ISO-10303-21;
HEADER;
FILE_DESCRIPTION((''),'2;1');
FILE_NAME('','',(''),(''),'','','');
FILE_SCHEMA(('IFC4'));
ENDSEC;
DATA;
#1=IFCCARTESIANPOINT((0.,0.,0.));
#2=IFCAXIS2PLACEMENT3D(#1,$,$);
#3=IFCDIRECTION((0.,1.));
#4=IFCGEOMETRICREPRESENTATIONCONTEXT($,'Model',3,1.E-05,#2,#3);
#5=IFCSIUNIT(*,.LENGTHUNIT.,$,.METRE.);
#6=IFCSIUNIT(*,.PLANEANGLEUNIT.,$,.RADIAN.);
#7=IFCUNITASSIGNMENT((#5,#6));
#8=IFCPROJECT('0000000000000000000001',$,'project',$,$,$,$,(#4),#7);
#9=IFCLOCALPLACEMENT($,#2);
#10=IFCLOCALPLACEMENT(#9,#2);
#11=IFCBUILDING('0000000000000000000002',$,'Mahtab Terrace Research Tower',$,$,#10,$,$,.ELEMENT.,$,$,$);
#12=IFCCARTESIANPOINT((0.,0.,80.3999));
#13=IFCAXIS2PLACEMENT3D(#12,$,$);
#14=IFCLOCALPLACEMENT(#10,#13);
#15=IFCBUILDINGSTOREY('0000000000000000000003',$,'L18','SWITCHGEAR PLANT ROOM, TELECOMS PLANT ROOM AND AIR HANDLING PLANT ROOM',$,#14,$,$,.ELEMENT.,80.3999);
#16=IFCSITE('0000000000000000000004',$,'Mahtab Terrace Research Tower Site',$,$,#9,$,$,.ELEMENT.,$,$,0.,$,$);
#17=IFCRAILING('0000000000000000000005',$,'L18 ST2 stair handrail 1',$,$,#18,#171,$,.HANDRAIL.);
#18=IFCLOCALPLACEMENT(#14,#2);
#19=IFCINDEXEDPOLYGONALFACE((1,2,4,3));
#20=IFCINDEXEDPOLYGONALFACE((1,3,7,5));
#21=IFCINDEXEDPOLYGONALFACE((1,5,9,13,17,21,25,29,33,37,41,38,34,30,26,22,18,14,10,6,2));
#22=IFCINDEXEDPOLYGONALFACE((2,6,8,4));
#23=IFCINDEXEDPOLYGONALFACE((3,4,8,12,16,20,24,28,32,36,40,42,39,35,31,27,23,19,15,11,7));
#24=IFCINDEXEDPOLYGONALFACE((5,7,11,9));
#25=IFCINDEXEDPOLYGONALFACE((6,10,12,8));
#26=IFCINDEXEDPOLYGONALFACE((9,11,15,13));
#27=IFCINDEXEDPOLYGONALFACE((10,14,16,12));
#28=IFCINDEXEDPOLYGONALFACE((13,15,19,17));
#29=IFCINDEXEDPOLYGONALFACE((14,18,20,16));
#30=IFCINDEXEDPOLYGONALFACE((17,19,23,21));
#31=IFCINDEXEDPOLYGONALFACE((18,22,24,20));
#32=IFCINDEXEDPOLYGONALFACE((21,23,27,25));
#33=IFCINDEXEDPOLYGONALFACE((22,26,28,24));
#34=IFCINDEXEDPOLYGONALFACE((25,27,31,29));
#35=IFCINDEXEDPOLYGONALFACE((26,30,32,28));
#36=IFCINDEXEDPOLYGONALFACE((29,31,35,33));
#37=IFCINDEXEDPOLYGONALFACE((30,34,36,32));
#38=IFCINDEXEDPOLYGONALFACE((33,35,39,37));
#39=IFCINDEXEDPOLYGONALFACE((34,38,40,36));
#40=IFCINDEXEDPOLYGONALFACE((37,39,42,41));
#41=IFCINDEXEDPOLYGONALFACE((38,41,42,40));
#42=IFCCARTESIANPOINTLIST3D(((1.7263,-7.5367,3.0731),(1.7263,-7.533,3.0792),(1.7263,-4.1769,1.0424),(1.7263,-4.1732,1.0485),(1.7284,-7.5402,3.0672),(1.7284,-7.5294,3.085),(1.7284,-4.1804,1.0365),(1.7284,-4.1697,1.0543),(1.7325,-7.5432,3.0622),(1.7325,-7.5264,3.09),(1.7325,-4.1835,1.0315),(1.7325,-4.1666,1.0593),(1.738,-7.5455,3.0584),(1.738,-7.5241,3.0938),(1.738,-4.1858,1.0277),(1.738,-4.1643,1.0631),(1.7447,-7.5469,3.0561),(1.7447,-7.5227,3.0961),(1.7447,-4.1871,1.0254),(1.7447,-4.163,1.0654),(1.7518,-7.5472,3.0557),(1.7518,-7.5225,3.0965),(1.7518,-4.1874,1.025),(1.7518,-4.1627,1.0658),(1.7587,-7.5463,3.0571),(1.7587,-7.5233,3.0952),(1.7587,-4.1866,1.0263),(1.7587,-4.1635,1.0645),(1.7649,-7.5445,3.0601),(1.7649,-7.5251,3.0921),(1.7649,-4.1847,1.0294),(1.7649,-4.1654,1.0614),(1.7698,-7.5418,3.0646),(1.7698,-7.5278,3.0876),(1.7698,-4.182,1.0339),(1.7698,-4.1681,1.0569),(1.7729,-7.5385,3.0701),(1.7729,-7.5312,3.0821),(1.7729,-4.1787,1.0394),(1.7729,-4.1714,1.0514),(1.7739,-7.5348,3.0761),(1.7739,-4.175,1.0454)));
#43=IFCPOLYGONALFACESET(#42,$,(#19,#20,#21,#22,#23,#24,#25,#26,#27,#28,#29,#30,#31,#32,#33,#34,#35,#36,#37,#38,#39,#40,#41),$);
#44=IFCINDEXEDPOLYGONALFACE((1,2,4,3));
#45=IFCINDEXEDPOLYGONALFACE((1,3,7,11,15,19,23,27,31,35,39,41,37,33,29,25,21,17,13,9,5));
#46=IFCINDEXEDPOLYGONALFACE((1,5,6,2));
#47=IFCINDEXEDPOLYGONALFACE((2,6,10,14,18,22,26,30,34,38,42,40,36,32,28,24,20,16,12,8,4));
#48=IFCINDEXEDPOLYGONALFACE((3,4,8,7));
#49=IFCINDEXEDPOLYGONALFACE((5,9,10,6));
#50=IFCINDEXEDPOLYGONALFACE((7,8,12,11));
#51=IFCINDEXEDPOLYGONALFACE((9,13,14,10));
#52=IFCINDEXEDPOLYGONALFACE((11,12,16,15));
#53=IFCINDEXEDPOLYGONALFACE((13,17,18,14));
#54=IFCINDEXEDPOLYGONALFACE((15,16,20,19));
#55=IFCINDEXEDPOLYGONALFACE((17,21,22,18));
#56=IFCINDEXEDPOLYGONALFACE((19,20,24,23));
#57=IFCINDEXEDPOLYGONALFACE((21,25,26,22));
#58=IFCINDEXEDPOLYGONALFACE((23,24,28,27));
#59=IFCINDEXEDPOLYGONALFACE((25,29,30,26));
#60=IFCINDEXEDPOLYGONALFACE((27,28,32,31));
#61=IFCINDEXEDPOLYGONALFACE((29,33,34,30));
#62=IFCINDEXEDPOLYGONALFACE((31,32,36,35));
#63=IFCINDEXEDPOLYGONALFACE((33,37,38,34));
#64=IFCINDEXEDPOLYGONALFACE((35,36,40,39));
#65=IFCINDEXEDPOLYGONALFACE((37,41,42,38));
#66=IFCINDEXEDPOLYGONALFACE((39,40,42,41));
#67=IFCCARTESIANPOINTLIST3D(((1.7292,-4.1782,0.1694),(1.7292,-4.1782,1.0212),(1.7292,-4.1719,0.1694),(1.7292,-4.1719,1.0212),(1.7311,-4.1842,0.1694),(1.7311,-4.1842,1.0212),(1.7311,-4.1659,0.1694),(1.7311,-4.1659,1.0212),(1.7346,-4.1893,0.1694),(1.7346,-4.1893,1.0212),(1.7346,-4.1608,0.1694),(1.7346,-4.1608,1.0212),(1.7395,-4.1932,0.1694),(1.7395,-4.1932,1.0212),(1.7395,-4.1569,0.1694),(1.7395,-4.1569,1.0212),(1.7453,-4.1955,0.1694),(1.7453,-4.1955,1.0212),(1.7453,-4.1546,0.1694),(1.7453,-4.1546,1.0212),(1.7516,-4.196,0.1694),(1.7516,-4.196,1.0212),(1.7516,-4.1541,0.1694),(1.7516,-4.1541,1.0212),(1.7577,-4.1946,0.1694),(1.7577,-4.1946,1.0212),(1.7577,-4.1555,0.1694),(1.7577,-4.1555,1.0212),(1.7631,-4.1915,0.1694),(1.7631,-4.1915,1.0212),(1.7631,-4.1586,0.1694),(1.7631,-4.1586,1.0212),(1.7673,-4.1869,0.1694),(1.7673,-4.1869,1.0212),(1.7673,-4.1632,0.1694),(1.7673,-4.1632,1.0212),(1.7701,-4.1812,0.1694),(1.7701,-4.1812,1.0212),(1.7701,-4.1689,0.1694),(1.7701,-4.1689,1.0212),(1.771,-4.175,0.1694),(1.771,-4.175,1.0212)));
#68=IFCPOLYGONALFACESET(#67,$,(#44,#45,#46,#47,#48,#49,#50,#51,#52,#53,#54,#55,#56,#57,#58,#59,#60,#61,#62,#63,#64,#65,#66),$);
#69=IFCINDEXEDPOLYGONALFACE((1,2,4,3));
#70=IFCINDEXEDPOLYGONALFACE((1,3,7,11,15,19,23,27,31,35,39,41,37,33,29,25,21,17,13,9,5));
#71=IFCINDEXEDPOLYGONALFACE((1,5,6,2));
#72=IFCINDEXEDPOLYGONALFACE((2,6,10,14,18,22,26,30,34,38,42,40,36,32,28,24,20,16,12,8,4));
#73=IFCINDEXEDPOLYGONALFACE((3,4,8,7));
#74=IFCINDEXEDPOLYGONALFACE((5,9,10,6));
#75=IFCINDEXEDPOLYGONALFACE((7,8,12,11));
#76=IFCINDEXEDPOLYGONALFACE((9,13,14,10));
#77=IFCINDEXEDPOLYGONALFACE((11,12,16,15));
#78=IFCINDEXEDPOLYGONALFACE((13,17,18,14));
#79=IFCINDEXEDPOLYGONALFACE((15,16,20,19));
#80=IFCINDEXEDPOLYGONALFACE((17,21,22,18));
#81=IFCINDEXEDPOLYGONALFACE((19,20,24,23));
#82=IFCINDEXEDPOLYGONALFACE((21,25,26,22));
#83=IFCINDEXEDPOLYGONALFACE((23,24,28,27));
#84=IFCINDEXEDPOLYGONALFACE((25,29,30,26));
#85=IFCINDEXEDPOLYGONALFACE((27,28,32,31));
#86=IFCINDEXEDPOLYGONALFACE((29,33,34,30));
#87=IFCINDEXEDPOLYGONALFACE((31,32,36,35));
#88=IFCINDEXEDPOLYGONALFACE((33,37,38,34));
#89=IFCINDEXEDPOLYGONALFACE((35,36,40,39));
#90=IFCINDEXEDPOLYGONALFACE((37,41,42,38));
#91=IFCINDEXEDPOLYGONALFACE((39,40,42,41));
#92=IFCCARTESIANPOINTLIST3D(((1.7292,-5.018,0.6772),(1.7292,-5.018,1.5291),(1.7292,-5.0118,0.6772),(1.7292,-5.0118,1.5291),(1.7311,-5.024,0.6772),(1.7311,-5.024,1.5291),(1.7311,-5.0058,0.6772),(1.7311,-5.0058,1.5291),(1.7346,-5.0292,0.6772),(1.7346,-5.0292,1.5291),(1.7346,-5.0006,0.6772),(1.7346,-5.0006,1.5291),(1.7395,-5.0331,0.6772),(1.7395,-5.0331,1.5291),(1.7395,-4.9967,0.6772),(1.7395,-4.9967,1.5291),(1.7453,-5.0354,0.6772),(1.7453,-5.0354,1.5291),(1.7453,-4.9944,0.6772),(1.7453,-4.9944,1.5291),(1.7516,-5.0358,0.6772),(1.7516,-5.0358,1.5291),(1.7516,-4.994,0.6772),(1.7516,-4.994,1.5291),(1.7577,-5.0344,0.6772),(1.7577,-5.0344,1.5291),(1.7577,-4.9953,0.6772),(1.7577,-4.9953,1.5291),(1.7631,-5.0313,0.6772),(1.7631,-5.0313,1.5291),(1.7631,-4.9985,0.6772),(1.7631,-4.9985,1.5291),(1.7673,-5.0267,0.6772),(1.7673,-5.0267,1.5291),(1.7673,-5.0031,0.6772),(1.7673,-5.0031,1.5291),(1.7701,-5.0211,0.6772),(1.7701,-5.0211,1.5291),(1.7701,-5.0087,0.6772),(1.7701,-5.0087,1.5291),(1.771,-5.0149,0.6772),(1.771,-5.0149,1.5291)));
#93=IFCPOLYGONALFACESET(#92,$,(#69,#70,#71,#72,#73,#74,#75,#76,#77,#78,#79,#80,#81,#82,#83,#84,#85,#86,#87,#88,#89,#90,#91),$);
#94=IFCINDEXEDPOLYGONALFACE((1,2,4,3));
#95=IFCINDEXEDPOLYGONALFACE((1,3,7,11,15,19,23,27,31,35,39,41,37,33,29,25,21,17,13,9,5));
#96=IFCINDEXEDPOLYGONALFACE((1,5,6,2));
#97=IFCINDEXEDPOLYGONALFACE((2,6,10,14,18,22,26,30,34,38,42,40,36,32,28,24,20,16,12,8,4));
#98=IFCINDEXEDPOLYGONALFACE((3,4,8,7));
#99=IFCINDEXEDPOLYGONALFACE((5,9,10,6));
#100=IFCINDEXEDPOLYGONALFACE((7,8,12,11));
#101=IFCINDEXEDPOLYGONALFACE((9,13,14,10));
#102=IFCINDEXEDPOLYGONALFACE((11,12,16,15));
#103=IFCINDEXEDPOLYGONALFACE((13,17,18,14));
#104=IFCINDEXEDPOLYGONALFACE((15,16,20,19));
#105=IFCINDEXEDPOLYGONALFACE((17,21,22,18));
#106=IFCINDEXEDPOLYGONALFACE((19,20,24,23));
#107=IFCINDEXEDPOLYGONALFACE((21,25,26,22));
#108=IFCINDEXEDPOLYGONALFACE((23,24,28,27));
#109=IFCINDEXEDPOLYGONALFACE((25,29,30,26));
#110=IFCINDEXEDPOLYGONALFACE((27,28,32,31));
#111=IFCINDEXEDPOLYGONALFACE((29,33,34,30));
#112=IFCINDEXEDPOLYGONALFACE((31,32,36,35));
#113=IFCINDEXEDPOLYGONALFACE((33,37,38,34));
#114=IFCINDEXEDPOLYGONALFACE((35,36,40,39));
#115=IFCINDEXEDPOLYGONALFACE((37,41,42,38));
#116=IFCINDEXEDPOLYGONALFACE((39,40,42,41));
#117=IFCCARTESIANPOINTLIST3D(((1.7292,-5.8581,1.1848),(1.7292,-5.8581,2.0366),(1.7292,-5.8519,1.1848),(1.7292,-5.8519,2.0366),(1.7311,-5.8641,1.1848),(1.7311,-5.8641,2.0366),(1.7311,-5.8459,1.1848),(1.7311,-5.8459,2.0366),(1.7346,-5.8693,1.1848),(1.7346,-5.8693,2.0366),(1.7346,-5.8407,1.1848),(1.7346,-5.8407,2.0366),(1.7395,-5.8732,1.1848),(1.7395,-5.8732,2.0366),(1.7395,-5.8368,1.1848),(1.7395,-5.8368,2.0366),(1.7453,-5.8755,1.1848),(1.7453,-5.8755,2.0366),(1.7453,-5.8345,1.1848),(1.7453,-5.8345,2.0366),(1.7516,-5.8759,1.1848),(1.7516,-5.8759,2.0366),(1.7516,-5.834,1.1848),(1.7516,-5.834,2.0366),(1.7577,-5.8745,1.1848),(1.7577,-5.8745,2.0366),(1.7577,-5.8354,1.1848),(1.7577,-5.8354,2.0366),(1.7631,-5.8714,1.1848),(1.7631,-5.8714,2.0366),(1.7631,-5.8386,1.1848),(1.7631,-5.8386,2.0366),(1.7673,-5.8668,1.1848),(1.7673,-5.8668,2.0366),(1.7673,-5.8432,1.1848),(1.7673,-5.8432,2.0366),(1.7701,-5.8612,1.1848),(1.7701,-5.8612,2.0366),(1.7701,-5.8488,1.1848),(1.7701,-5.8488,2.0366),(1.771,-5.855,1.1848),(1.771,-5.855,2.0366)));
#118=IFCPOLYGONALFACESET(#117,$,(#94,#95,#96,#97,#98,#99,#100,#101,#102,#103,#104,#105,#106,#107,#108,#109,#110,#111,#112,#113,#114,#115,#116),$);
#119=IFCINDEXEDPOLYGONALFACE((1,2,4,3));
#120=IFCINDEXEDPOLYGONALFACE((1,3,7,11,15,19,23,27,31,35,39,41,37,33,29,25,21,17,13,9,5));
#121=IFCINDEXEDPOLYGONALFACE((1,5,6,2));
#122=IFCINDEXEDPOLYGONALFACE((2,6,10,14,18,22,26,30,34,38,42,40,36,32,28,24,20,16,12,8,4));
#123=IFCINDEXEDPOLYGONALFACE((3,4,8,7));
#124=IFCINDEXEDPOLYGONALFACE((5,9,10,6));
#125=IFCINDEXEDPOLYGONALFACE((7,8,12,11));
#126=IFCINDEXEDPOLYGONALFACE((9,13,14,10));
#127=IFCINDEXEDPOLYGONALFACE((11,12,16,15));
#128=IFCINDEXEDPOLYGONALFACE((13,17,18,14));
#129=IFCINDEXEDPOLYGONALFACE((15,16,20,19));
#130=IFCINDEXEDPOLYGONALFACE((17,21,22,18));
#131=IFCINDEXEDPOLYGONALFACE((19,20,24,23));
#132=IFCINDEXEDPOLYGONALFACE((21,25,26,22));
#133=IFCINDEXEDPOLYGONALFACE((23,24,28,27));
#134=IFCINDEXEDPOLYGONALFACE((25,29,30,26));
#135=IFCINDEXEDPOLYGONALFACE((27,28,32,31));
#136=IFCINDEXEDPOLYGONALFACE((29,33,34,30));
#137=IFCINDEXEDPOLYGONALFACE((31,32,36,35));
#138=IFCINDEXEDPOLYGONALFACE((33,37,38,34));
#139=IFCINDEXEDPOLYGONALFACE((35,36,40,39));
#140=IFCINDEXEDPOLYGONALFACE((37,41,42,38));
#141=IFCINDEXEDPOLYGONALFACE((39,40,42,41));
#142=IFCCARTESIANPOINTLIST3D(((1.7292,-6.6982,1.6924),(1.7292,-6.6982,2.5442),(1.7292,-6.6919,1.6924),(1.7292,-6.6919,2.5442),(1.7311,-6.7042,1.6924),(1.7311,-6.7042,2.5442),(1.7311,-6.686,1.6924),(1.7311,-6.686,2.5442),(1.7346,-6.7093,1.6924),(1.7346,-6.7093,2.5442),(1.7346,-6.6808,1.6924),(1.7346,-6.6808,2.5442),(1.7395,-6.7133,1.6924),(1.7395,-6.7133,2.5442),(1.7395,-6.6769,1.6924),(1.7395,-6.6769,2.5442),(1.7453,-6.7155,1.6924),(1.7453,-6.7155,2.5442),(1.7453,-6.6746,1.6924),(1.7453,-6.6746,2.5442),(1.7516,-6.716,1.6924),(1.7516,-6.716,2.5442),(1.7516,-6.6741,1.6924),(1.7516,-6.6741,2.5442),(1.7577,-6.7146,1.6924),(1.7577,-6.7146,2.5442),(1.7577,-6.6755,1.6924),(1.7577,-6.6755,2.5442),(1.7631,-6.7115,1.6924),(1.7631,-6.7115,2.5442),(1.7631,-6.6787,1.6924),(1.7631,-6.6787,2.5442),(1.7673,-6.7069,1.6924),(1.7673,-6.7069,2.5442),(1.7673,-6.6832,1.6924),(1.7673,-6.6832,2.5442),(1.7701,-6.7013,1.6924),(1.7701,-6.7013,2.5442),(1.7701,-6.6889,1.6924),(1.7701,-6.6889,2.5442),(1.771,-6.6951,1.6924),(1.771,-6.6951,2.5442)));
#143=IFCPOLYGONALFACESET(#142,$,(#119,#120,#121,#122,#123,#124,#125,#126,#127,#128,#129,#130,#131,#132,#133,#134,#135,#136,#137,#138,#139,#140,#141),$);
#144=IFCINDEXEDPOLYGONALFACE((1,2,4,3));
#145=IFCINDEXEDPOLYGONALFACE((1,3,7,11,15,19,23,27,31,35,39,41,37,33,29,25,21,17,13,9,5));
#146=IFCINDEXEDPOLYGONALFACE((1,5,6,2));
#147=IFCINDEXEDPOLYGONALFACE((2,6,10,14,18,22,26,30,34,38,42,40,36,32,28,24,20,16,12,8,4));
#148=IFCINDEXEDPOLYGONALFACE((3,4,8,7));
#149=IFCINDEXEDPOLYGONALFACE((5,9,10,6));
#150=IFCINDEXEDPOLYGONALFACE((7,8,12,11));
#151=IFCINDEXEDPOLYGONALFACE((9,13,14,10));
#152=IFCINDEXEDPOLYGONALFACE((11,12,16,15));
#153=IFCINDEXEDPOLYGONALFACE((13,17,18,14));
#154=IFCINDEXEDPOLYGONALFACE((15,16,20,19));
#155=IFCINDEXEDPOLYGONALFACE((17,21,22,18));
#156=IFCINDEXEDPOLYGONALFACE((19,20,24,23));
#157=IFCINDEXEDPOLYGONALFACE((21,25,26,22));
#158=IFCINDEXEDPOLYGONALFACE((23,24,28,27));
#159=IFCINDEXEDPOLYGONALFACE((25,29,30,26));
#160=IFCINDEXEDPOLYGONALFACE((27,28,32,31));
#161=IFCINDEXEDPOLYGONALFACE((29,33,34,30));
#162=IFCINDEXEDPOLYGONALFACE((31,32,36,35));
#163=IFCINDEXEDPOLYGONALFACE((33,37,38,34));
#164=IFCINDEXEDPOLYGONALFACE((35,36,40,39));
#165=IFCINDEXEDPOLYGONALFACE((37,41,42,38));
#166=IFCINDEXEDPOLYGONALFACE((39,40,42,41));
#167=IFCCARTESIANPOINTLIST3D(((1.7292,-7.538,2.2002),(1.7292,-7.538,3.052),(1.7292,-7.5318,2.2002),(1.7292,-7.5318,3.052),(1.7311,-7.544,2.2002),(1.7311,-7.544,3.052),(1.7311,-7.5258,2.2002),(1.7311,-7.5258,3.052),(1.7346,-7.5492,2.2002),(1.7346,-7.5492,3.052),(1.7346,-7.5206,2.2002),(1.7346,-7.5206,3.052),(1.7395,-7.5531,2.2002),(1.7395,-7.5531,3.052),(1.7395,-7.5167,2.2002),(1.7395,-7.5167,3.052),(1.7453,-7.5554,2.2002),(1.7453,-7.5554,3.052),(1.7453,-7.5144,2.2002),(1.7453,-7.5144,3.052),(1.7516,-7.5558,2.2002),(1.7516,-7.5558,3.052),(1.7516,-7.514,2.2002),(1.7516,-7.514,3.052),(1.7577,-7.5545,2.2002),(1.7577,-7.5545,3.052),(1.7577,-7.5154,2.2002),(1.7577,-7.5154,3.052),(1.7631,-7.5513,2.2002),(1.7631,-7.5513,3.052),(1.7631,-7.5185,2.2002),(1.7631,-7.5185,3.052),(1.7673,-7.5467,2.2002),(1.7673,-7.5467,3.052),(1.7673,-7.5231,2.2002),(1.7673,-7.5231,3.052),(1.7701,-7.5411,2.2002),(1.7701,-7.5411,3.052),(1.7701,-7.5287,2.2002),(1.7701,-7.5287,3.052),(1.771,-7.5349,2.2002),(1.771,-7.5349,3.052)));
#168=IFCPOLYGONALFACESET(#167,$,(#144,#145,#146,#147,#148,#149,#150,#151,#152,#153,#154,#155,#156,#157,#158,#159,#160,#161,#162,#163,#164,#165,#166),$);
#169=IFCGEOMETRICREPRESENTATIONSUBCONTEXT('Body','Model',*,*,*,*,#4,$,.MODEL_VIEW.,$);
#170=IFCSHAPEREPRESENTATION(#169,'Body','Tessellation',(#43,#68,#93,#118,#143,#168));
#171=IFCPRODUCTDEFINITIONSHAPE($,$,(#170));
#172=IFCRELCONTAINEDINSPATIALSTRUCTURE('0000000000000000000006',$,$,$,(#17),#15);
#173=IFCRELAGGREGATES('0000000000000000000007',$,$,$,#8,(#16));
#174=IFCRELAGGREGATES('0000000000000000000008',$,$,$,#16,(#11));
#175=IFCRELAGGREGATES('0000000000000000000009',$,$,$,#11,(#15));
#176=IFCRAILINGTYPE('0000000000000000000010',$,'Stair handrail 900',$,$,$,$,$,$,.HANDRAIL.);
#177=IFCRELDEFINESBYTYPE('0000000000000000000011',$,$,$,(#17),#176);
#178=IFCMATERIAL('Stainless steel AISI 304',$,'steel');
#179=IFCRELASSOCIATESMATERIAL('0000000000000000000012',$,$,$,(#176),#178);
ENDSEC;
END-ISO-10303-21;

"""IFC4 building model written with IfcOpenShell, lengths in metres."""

from ifc_helpers import new_model, si_unit, direction, frame, origin, origin_2d, place, context, subcontext, project, spatial, circle, extrude, material, type_object, element, save


model = new_model("IFC4")

# Units and contexts
model_context = context("Model", 3, precision=1e-05, world=origin(), true_north=direction((0.0, 1.0)))
body_context = subcontext(model_context, "Body", "Model", "MODEL_VIEW")
ifc_project = project(units=[si_unit("LENGTHUNIT", "METRE"), si_unit("PLANEANGLEUNIT", "RADIAN")], contexts=[model_context])

# Site, building, storey
site_placement = place(None, origin())
site = spatial("IfcSite", under=ifc_project, at=site_placement, Name="Mahtab Terrace Research Tower Site", CompositionType="ELEMENT", RefElevation=0.0)
building_placement = place(site_placement, origin())
building = spatial("IfcBuilding", under=site, at=building_placement, Name="Mahtab Terrace Research Tower", CompositionType="ELEMENT")
storey_placement = place(building_placement, frame((0.0, 0.0, 80.3999)))
storey = spatial("IfcBuildingStorey", under=building, at=storey_placement, Name="L18", Description="SWITCHGEAR PLANT ROOM, TELECOMS PLANT ROOM AND AIR HANDLING PLANT ROOM", CompositionType="ELEMENT", Elevation=80.3999)

# Railing
ifc_material_1 = material(Name="Stainless steel AISI 304", Category="steel")
railing_type_1 = type_object("IfcRailingType", Name="Stair handrail 900", PredefinedType="HANDRAIL", material=ifc_material_1)
railing_1_placement = place(storey_placement, frame((1.75, -4.175, 0.1694)))
element("IfcRailing", 1, at=railing_1_placement, inside=storey, type_object=railing_type_1, Name="L18 ST2 stair handrail 1", PredefinedType="HANDRAIL", context=body_context, shape_type="SweptSolid", body=[
    extrude(circle(Radius=0.0239, at=origin_2d()), frame((0.0, 0.0, 0.876), z_axis=(0.0, -0.85582, 0.517273), x_axis=(1.0, 0.0, 0.0)), (0.0, 0.0, 1.0), 3.9258),
    extrude(circle(Radius=0.021, at=origin_2d()), origin(), (0.0, 0.0, 1.0), 0.8518),
    extrude(circle(Radius=0.021, at=origin_2d()), frame((0.0, -0.8398, 0.5078)), (0.0, 0.0, 1.0), 0.8518),
    extrude(circle(Radius=0.021, at=origin_2d()), frame((0.0, -1.6799, 1.0154)), (0.0, 0.0, 1.0), 0.8518),
    extrude(circle(Radius=0.021, at=origin_2d()), frame((0.0, -2.52, 1.5229)), (0.0, 0.0, 1.0), 0.8518),
    extrude(circle(Radius=0.021, at=origin_2d()), frame((0.0, -3.3599, 2.0308)), (0.0, 0.0, 1.0), 0.8518),
])

save(model, "model.ifc")
